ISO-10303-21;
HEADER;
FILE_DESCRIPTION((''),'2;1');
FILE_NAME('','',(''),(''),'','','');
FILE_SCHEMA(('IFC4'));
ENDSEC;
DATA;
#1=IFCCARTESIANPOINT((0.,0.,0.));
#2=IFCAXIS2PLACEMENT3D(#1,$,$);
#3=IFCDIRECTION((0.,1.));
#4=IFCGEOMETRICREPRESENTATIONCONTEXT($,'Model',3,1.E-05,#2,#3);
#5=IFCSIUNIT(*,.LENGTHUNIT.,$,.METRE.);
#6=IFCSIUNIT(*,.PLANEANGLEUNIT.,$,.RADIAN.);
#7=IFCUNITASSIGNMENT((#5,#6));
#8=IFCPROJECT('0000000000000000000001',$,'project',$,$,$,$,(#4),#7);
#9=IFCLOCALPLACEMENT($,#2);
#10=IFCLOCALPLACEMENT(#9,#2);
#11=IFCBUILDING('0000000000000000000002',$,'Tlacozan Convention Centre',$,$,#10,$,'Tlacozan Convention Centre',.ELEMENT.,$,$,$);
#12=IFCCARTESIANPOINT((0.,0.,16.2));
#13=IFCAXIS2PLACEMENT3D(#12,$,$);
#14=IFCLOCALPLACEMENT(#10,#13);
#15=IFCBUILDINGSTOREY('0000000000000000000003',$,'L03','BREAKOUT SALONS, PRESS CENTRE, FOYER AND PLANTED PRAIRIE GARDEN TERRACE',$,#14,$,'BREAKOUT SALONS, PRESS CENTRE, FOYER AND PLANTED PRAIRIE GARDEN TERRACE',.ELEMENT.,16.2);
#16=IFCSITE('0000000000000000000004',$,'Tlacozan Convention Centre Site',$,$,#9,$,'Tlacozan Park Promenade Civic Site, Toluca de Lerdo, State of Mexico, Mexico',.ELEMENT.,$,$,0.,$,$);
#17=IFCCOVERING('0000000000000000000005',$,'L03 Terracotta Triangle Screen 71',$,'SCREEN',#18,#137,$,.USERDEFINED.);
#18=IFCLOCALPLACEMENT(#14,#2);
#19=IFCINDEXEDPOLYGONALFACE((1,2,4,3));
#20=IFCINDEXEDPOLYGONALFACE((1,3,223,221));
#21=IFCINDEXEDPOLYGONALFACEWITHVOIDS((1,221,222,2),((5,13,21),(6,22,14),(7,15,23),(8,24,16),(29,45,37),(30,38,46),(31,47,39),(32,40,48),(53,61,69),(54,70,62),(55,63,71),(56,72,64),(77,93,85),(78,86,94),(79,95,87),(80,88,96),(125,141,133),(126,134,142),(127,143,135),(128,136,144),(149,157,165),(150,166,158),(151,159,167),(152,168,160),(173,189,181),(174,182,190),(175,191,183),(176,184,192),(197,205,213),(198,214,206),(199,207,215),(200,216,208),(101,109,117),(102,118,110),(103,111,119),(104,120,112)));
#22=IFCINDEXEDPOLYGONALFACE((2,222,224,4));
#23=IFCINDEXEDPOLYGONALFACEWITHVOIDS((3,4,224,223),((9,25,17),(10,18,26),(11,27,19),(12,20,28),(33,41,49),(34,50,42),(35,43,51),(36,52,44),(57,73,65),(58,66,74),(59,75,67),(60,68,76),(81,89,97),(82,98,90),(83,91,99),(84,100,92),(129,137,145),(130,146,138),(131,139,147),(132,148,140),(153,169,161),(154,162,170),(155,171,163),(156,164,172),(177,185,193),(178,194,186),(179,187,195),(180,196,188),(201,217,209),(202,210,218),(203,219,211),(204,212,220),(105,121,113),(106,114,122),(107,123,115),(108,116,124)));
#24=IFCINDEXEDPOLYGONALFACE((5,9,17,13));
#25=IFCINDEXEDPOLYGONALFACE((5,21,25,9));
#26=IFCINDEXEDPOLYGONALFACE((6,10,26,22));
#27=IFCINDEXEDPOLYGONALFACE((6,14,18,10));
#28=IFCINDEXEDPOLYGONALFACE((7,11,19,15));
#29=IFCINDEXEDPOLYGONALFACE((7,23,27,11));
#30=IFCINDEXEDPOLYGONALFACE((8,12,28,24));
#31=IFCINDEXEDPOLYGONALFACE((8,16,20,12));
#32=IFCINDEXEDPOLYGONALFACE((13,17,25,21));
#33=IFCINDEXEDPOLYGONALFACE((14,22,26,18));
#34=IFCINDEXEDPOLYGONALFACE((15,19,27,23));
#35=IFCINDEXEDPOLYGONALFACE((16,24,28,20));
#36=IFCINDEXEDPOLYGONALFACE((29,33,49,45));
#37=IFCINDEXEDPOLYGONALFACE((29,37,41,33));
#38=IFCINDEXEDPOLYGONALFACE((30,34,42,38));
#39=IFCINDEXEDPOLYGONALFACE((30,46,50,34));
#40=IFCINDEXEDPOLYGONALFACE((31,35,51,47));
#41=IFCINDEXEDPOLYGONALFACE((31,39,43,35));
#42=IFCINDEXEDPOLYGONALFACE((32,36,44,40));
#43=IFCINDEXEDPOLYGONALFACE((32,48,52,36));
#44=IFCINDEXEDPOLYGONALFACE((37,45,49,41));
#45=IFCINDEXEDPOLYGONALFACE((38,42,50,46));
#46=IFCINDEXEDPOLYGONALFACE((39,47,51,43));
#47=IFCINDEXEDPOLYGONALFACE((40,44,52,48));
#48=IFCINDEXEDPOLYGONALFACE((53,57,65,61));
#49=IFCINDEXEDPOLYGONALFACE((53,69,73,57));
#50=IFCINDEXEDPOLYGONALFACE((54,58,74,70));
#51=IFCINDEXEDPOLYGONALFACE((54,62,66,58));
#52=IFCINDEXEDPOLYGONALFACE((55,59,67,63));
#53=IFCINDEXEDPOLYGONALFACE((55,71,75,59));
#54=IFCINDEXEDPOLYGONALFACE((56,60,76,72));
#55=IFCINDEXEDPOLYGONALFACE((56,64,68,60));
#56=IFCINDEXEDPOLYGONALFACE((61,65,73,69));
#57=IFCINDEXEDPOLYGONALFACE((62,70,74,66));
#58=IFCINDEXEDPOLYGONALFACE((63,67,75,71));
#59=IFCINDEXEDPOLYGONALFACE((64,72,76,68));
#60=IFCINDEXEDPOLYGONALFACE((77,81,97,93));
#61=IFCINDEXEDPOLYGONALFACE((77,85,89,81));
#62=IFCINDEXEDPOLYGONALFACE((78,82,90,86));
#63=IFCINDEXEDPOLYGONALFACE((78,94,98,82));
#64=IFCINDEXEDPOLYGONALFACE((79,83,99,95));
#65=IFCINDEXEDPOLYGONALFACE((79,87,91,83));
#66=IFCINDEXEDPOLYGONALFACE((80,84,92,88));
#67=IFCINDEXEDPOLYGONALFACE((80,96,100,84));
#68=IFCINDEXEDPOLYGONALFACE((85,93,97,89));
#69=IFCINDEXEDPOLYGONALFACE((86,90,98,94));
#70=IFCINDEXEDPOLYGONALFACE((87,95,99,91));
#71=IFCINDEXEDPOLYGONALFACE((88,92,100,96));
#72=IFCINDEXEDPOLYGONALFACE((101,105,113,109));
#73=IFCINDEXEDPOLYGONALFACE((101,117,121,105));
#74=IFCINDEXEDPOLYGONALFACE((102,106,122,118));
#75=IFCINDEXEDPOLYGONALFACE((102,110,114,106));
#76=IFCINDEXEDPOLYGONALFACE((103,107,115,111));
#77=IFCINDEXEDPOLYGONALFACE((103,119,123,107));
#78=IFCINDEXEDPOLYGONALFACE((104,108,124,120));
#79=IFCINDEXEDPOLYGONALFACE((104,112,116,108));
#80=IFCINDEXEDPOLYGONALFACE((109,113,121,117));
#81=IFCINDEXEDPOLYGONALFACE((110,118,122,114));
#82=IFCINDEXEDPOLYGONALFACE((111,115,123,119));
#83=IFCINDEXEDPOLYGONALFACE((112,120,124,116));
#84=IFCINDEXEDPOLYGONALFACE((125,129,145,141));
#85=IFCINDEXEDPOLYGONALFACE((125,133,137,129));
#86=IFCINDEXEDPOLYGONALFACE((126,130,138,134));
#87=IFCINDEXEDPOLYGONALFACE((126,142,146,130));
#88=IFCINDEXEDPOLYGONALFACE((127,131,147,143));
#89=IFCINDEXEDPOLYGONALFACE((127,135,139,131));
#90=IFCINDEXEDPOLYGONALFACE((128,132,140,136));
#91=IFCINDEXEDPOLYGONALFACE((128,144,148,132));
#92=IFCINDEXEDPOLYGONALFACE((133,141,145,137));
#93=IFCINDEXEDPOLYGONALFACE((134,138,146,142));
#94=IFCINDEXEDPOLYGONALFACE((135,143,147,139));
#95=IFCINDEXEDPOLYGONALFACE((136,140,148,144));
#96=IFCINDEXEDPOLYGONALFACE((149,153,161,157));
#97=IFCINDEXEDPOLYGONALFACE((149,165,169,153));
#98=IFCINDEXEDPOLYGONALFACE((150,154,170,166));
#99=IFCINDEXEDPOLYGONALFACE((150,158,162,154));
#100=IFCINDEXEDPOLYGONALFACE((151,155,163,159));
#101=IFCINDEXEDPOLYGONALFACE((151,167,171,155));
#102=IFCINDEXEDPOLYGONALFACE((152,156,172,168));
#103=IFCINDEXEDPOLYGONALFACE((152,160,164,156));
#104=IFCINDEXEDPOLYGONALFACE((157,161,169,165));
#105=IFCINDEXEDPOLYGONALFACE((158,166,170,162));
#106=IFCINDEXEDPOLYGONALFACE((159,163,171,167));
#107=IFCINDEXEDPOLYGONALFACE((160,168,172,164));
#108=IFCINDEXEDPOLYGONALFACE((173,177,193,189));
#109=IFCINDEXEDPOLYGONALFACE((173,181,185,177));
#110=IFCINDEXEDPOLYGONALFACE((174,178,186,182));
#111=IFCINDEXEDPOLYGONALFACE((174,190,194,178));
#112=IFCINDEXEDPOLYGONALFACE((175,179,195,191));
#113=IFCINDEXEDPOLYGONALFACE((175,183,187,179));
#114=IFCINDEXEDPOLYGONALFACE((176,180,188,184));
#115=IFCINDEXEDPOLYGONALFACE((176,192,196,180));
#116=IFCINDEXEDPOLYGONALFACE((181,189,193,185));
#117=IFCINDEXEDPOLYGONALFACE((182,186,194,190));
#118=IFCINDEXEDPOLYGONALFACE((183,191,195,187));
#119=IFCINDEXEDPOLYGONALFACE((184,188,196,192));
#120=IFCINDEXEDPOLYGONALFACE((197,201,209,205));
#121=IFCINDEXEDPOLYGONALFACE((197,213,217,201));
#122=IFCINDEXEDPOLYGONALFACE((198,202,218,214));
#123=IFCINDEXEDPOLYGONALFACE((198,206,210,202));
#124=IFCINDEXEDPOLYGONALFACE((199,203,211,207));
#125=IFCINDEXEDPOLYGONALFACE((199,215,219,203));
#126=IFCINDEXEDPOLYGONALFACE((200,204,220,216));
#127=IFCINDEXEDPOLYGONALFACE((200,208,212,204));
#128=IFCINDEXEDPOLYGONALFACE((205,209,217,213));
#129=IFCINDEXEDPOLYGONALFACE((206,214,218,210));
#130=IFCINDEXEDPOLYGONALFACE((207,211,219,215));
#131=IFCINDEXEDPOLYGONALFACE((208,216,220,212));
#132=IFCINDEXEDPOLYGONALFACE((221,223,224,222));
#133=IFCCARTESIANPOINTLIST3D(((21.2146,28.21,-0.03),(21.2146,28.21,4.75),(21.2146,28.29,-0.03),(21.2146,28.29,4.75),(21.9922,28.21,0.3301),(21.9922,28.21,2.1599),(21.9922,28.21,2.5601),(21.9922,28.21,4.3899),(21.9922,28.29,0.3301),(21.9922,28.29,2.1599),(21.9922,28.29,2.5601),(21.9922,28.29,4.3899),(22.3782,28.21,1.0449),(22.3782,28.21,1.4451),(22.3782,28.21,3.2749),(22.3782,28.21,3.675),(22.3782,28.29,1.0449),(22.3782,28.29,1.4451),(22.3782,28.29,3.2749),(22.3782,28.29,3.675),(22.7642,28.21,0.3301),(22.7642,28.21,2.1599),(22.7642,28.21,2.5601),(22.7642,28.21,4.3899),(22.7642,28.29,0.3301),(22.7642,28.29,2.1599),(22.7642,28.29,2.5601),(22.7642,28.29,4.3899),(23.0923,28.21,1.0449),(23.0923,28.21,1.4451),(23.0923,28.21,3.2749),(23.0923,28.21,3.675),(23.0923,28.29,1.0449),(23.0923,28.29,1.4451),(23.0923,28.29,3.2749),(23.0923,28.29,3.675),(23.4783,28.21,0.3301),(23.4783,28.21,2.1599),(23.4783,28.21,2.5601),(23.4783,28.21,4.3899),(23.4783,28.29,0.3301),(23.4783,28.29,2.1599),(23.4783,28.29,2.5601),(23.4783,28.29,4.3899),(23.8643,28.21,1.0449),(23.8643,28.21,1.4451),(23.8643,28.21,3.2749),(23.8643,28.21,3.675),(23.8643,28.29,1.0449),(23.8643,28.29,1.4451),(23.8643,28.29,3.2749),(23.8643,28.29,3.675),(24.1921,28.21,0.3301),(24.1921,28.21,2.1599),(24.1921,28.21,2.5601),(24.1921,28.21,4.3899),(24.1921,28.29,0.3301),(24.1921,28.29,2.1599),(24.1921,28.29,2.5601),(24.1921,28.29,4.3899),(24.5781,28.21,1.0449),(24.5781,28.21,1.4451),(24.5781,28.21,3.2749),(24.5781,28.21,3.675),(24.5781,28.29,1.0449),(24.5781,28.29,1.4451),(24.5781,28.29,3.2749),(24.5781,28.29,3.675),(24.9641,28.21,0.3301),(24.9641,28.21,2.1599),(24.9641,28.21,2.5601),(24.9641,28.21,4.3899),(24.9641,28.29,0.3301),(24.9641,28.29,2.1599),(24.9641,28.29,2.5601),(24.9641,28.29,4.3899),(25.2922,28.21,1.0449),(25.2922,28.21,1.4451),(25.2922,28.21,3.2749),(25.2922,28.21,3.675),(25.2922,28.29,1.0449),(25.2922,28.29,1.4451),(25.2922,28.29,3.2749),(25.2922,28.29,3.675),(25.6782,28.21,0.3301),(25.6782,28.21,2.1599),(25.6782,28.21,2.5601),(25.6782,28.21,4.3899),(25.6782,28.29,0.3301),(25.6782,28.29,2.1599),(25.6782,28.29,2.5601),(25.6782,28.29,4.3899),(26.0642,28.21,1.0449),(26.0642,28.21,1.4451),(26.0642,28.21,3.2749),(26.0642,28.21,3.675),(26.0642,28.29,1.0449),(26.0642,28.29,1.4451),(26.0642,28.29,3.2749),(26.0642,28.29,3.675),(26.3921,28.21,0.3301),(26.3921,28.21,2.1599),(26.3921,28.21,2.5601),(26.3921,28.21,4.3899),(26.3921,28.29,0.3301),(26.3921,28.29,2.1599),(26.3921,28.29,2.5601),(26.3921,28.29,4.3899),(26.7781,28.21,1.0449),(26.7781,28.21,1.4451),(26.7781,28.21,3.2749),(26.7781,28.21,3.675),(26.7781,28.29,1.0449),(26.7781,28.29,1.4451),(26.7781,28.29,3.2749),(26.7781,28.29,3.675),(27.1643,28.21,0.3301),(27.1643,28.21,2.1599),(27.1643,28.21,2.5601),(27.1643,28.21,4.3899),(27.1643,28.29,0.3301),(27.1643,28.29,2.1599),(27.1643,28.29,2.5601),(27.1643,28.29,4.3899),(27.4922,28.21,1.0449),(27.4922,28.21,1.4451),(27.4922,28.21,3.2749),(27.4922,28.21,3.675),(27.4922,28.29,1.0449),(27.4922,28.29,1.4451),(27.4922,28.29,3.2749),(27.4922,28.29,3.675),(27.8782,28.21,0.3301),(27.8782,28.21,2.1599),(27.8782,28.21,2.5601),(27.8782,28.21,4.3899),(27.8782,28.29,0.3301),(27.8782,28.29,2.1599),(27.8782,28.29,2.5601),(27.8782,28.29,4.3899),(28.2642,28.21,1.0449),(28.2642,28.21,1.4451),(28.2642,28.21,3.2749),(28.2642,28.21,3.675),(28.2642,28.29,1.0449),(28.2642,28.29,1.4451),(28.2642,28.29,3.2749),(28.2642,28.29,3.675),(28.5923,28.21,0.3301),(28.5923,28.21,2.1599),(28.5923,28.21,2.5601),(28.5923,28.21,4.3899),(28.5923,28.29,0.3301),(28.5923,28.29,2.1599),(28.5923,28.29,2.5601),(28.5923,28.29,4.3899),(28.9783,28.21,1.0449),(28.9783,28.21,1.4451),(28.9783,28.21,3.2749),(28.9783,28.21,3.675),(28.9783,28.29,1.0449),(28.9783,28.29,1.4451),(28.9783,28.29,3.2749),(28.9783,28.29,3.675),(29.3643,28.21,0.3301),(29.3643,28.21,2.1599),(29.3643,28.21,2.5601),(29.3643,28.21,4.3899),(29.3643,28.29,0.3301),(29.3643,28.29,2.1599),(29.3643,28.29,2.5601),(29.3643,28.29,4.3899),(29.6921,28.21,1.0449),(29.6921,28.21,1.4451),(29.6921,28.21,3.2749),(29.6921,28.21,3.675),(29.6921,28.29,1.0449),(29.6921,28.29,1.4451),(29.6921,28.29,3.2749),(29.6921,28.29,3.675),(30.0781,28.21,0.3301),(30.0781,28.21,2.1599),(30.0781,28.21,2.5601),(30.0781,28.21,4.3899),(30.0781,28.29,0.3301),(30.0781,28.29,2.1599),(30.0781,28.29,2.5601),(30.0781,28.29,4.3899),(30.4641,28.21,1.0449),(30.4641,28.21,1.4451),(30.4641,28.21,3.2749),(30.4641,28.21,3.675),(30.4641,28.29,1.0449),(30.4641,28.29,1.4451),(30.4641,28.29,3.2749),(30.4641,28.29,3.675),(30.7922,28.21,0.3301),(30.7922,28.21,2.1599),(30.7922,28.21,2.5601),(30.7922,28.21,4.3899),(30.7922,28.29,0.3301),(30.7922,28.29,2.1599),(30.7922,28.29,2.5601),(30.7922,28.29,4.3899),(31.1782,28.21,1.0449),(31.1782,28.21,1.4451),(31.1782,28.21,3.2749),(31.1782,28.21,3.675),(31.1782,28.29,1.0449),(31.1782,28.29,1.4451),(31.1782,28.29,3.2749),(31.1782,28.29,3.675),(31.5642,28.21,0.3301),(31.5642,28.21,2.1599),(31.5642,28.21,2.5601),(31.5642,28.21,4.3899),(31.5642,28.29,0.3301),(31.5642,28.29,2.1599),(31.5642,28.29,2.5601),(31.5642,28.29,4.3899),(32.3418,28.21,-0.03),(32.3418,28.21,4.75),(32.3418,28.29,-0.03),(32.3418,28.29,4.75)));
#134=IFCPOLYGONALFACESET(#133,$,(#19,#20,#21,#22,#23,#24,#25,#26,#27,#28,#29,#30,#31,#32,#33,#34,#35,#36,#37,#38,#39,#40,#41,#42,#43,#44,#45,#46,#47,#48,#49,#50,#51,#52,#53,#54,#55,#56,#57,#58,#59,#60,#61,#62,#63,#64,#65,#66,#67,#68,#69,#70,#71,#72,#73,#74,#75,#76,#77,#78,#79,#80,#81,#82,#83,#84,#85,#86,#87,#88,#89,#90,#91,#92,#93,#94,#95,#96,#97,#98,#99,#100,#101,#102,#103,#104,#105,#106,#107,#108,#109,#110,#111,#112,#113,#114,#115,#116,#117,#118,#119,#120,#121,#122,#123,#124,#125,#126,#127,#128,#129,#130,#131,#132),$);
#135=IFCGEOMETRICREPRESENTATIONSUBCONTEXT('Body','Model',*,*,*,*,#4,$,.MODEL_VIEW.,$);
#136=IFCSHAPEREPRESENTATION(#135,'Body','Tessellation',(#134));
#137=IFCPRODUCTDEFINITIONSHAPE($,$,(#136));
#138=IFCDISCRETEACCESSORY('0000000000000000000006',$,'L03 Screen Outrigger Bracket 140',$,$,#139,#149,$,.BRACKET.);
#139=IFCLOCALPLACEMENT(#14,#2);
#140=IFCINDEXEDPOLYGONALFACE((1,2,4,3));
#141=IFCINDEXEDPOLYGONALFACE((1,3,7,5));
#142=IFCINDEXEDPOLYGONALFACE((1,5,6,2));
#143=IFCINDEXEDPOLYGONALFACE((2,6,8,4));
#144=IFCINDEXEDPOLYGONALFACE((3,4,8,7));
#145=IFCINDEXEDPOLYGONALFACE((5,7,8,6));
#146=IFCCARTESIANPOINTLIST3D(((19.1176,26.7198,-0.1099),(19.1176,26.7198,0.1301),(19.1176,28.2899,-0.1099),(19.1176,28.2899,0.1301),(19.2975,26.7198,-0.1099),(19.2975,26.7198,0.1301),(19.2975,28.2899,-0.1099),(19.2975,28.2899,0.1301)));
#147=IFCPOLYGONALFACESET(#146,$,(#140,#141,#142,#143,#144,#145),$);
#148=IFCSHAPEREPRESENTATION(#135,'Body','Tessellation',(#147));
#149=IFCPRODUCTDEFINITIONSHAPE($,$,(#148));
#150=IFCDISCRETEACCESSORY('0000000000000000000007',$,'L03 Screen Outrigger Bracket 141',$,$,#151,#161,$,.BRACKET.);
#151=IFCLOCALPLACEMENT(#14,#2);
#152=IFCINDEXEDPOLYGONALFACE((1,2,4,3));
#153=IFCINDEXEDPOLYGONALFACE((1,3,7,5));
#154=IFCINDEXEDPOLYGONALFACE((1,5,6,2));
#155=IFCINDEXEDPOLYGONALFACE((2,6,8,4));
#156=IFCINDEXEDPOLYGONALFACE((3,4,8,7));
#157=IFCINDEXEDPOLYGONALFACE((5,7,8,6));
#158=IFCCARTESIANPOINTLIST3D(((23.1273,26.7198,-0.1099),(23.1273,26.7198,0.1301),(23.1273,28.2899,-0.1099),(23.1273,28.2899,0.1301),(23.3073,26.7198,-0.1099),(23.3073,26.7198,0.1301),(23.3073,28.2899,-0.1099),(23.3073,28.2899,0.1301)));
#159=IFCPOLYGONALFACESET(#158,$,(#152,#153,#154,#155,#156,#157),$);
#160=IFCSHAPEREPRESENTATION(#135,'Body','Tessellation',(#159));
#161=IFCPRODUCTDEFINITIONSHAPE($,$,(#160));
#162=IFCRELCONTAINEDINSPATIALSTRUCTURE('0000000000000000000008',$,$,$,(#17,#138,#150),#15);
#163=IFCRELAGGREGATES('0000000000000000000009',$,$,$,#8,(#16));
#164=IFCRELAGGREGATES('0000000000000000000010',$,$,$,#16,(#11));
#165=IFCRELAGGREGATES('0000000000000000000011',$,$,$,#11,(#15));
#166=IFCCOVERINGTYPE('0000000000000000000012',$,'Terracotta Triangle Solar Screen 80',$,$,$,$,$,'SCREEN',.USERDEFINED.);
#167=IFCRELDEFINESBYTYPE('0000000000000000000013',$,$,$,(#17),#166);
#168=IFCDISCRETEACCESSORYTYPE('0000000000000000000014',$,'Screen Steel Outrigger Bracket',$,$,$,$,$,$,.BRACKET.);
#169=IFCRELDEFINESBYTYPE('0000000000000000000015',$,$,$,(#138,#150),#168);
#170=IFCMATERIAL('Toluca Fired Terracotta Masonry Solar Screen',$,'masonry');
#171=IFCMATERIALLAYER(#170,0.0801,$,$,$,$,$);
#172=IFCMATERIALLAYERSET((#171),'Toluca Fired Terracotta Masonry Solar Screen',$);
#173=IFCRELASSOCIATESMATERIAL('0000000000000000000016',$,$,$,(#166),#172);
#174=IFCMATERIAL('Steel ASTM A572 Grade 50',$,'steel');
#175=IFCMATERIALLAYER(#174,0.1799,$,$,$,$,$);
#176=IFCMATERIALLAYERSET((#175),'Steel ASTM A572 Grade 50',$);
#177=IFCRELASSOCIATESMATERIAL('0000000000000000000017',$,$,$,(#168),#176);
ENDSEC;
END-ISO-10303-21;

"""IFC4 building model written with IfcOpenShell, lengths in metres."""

from ifc_helpers import new_model, si_unit, direction, frame, origin, origin_2d, place, context, subcontext, project, spatial, polyline, rectangle, outline, extrude, material, layer, layer_set, type_object, element, save


model = new_model("IFC4")

# Units and contexts
model_context = context("Model", 3, precision=1e-05, world=origin(), true_north=direction((0.0, 1.0)))
body_context = subcontext(model_context, "Body", "Model", "MODEL_VIEW")
ifc_project = project(units=[si_unit("LENGTHUNIT", "METRE"), si_unit("PLANEANGLEUNIT", "RADIAN")], contexts=[model_context])

# Site, building, storey
site_placement = place(None, origin())
site = spatial("IfcSite", under=ifc_project, at=site_placement, Name="Tlacozan Convention Centre Site", LongName="Tlacozan Park Promenade Civic Site, Toluca de Lerdo, State of Mexico, Mexico", CompositionType="ELEMENT", RefElevation=0.0)
building_placement = place(site_placement, origin())
building = spatial("IfcBuilding", under=site, at=building_placement, Name="Tlacozan Convention Centre", LongName="Tlacozan Convention Centre", CompositionType="ELEMENT")
storey_placement = place(building_placement, frame((0.0, 0.0, 16.2)))
storey = spatial("IfcBuildingStorey", under=building, at=storey_placement, Name="L03", Description="BREAKOUT SALONS, PRESS CENTRE, FOYER AND PLANTED PRAIRIE GARDEN TERRACE", LongName="BREAKOUT SALONS, PRESS CENTRE, FOYER AND PLANTED PRAIRIE GARDEN TERRACE", CompositionType="ELEMENT", Elevation=16.2)

# Covering
ifc_material_1 = material(Name="Toluca Fired Terracotta Masonry Solar Screen", Category="masonry")
ifc_layer_1 = layer(ifc_material_1, 0.0801)
ifc_layer_set_1 = layer_set([ifc_layer_1], Name="Toluca Fired Terracotta Masonry Solar Screen")
covering_type = type_object("IfcCoveringType", Name="Terracotta Triangle Solar Screen 80", ElementType="SCREEN", PredefinedType="USERDEFINED", material=ifc_layer_set_1)
covering_placement = place(storey_placement, frame((21.2146, 28.25, -0.03), z_axis=(0.0, 0.0, 1.0), x_axis=(1.0, 0.0, 0.0)))
element("IfcCovering", 1, at=covering_placement, inside=storey, type_object=covering_type, Name="L03 Terracotta Triangle Screen 71", ObjectType="SCREEN", PredefinedType="USERDEFINED", context=body_context, shape_type="SweptSolid", body=[
    extrude(outline(polyline([(0.0, 0.0), (11.1272, 0.0), (11.1272, 4.78), (0.0, 4.78), (0.0, 0.0)]), holes=[polyline([(0.7776, 0.3601), (1.5496, 0.3601), (1.1636, 1.075), (0.7776, 0.3601)]), polyline([(1.8777, 1.075), (2.6497, 1.075), (2.2637, 0.3601), (1.8777, 1.075)]), polyline([(2.9775, 0.3601), (3.7495, 0.3601), (3.3635, 1.075), (2.9775, 0.3601)]), polyline([(4.0776, 1.075), (4.8496, 1.075), (4.4636, 0.3601), (4.0776, 1.075)]), polyline([(5.1775, 0.3601), (5.9497, 0.3601), (5.5635, 1.075), (5.1775, 0.3601)]), polyline([(6.2776, 1.075), (7.0496, 1.075), (6.6636, 0.3601), (6.2776, 1.075)]), polyline([(7.3777, 0.3601), (8.1497, 0.3601), (7.7637, 1.075), (7.3777, 0.3601)]), polyline([(8.4775, 1.075), (9.2495, 1.075), (8.8635, 0.3601), (8.4775, 1.075)]), polyline([(9.5776, 0.3601), (10.3496, 0.3601), (9.9636, 1.075), (9.5776, 0.3601)]), polyline([(0.7776, 2.1899), (1.5496, 2.1899), (1.1636, 1.4751), (0.7776, 2.1899)]), polyline([(1.8777, 1.4751), (2.6497, 1.4751), (2.2637, 2.1899), (1.8777, 1.4751)]), polyline([(2.9775, 2.1899), (3.7495, 2.1899), (3.3635, 1.4751), (2.9775, 2.1899)]), polyline([(4.0776, 1.4751), (4.8496, 1.4751), (4.4636, 2.1899), (4.0776, 1.4751)]), polyline([(5.1775, 2.1899), (5.9497, 2.1899), (5.5635, 1.4751), (5.1775, 2.1899)]), polyline([(6.2776, 1.4751), (7.0496, 1.4751), (6.6636, 2.1899), (6.2776, 1.4751)]), polyline([(7.3777, 2.1899), (8.1497, 2.1899), (7.7637, 1.4751), (7.3777, 2.1899)]), polyline([(8.4775, 1.4751), (9.2495, 1.4751), (8.8635, 2.1899), (8.4775, 1.4751)]), polyline([(9.5776, 2.1899), (10.3496, 2.1899), (9.9636, 1.4751), (9.5776, 2.1899)]), polyline([(0.7776, 2.5901), (1.5496, 2.5901), (1.1636, 3.3049), (0.7776, 2.5901)]), polyline([(1.8777, 3.3049), (2.6497, 3.3049), (2.2637, 2.5901), (1.8777, 3.3049)]), polyline([(2.9775, 2.5901), (3.7495, 2.5901), (3.3635, 3.3049), (2.9775, 2.5901)]), polyline([(4.0776, 3.3049), (4.8496, 3.3049), (4.4636, 2.5901), (4.0776, 3.3049)]), polyline([(5.1775, 2.5901), (5.9497, 2.5901), (5.5635, 3.3049), (5.1775, 2.5901)]), polyline([(6.2776, 3.3049), (7.0496, 3.3049), (6.6636, 2.5901), (6.2776, 3.3049)]), polyline([(7.3777, 2.5901), (8.1497, 2.5901), (7.7637, 3.3049), (7.3777, 2.5901)]), polyline([(8.4775, 3.3049), (9.2495, 3.3049), (8.8635, 2.5901), (8.4775, 3.3049)]), polyline([(9.5776, 2.5901), (10.3496, 2.5901), (9.9636, 3.3049), (9.5776, 2.5901)]), polyline([(0.7776, 4.4199), (1.5496, 4.4199), (1.1636, 3.7051), (0.7776, 4.4199)]), polyline([(1.8777, 3.7051), (2.6497, 3.7051), (2.2637, 4.4199), (1.8777, 3.7051)]), polyline([(2.9775, 4.4199), (3.7495, 4.4199), (3.3635, 3.7051), (2.9775, 4.4199)]), polyline([(4.0776, 3.7051), (4.8496, 3.7051), (4.4636, 4.4199), (4.0776, 3.7051)]), polyline([(5.1775, 4.4199), (5.9497, 4.4199), (5.5635, 3.7051), (5.1775, 4.4199)]), polyline([(6.2776, 3.7051), (7.0496, 3.7051), (6.6636, 4.4199), (6.2776, 3.7051)]), polyline([(7.3777, 4.4199), (8.1497, 4.4199), (7.7637, 3.7051), (7.3777, 4.4199)]), polyline([(8.4775, 3.7051), (9.2495, 3.7051), (8.8635, 4.4199), (8.4775, 3.7051)]), polyline([(9.5776, 4.4199), (10.3496, 4.4199), (9.9636, 3.7051), (9.5776, 4.4199)])]), frame((0.0, 0.04, 0.0), z_axis=(0.0, -1.0, 0.0), x_axis=(1.0, 0.0, 0.0)), (0.0, 0.0, 1.0), 0.0801),
])

# Discrete accessories
ifc_material_2 = material(Name="Steel ASTM A572 Grade 50", Category="steel")
ifc_layer_2 = layer(ifc_material_2, 0.1799)
ifc_layer_set_2 = layer_set([ifc_layer_2], Name="Steel ASTM A572 Grade 50")
discrete_accessory_type = type_object("IfcDiscreteAccessoryType", Name="Screen Steel Outrigger Bracket", PredefinedType="BRACKET", material=ifc_layer_set_2)
for number, where, z_axis, x_axis, name in (
    (2, (19.2075, 27.5049, -0.1099), (0.0, 0.0, 1.0), (0.0, -1.0, 0.0), "L03 Screen Outrigger Bracket 140"),
    (3, (23.2173, 27.5049, -0.1099), (0.0, 0.0, 1.0), (0.0, -1.0, 0.0), "L03 Screen Outrigger Bracket 141"),
):
    element("IfcDiscreteAccessory", number, at=place(storey_placement, frame(where, z_axis=z_axis, x_axis=x_axis)), inside=storey, type_object=discrete_accessory_type, Name=name, PredefinedType="BRACKET", context=body_context, shape_type="SweptSolid", body=[
        extrude(rectangle(XDim=1.5701, YDim=0.1799, at=origin_2d()), origin(), (0.0, 0.0, 1.0), 0.24),
    ])

save(model, "model.ifc")
